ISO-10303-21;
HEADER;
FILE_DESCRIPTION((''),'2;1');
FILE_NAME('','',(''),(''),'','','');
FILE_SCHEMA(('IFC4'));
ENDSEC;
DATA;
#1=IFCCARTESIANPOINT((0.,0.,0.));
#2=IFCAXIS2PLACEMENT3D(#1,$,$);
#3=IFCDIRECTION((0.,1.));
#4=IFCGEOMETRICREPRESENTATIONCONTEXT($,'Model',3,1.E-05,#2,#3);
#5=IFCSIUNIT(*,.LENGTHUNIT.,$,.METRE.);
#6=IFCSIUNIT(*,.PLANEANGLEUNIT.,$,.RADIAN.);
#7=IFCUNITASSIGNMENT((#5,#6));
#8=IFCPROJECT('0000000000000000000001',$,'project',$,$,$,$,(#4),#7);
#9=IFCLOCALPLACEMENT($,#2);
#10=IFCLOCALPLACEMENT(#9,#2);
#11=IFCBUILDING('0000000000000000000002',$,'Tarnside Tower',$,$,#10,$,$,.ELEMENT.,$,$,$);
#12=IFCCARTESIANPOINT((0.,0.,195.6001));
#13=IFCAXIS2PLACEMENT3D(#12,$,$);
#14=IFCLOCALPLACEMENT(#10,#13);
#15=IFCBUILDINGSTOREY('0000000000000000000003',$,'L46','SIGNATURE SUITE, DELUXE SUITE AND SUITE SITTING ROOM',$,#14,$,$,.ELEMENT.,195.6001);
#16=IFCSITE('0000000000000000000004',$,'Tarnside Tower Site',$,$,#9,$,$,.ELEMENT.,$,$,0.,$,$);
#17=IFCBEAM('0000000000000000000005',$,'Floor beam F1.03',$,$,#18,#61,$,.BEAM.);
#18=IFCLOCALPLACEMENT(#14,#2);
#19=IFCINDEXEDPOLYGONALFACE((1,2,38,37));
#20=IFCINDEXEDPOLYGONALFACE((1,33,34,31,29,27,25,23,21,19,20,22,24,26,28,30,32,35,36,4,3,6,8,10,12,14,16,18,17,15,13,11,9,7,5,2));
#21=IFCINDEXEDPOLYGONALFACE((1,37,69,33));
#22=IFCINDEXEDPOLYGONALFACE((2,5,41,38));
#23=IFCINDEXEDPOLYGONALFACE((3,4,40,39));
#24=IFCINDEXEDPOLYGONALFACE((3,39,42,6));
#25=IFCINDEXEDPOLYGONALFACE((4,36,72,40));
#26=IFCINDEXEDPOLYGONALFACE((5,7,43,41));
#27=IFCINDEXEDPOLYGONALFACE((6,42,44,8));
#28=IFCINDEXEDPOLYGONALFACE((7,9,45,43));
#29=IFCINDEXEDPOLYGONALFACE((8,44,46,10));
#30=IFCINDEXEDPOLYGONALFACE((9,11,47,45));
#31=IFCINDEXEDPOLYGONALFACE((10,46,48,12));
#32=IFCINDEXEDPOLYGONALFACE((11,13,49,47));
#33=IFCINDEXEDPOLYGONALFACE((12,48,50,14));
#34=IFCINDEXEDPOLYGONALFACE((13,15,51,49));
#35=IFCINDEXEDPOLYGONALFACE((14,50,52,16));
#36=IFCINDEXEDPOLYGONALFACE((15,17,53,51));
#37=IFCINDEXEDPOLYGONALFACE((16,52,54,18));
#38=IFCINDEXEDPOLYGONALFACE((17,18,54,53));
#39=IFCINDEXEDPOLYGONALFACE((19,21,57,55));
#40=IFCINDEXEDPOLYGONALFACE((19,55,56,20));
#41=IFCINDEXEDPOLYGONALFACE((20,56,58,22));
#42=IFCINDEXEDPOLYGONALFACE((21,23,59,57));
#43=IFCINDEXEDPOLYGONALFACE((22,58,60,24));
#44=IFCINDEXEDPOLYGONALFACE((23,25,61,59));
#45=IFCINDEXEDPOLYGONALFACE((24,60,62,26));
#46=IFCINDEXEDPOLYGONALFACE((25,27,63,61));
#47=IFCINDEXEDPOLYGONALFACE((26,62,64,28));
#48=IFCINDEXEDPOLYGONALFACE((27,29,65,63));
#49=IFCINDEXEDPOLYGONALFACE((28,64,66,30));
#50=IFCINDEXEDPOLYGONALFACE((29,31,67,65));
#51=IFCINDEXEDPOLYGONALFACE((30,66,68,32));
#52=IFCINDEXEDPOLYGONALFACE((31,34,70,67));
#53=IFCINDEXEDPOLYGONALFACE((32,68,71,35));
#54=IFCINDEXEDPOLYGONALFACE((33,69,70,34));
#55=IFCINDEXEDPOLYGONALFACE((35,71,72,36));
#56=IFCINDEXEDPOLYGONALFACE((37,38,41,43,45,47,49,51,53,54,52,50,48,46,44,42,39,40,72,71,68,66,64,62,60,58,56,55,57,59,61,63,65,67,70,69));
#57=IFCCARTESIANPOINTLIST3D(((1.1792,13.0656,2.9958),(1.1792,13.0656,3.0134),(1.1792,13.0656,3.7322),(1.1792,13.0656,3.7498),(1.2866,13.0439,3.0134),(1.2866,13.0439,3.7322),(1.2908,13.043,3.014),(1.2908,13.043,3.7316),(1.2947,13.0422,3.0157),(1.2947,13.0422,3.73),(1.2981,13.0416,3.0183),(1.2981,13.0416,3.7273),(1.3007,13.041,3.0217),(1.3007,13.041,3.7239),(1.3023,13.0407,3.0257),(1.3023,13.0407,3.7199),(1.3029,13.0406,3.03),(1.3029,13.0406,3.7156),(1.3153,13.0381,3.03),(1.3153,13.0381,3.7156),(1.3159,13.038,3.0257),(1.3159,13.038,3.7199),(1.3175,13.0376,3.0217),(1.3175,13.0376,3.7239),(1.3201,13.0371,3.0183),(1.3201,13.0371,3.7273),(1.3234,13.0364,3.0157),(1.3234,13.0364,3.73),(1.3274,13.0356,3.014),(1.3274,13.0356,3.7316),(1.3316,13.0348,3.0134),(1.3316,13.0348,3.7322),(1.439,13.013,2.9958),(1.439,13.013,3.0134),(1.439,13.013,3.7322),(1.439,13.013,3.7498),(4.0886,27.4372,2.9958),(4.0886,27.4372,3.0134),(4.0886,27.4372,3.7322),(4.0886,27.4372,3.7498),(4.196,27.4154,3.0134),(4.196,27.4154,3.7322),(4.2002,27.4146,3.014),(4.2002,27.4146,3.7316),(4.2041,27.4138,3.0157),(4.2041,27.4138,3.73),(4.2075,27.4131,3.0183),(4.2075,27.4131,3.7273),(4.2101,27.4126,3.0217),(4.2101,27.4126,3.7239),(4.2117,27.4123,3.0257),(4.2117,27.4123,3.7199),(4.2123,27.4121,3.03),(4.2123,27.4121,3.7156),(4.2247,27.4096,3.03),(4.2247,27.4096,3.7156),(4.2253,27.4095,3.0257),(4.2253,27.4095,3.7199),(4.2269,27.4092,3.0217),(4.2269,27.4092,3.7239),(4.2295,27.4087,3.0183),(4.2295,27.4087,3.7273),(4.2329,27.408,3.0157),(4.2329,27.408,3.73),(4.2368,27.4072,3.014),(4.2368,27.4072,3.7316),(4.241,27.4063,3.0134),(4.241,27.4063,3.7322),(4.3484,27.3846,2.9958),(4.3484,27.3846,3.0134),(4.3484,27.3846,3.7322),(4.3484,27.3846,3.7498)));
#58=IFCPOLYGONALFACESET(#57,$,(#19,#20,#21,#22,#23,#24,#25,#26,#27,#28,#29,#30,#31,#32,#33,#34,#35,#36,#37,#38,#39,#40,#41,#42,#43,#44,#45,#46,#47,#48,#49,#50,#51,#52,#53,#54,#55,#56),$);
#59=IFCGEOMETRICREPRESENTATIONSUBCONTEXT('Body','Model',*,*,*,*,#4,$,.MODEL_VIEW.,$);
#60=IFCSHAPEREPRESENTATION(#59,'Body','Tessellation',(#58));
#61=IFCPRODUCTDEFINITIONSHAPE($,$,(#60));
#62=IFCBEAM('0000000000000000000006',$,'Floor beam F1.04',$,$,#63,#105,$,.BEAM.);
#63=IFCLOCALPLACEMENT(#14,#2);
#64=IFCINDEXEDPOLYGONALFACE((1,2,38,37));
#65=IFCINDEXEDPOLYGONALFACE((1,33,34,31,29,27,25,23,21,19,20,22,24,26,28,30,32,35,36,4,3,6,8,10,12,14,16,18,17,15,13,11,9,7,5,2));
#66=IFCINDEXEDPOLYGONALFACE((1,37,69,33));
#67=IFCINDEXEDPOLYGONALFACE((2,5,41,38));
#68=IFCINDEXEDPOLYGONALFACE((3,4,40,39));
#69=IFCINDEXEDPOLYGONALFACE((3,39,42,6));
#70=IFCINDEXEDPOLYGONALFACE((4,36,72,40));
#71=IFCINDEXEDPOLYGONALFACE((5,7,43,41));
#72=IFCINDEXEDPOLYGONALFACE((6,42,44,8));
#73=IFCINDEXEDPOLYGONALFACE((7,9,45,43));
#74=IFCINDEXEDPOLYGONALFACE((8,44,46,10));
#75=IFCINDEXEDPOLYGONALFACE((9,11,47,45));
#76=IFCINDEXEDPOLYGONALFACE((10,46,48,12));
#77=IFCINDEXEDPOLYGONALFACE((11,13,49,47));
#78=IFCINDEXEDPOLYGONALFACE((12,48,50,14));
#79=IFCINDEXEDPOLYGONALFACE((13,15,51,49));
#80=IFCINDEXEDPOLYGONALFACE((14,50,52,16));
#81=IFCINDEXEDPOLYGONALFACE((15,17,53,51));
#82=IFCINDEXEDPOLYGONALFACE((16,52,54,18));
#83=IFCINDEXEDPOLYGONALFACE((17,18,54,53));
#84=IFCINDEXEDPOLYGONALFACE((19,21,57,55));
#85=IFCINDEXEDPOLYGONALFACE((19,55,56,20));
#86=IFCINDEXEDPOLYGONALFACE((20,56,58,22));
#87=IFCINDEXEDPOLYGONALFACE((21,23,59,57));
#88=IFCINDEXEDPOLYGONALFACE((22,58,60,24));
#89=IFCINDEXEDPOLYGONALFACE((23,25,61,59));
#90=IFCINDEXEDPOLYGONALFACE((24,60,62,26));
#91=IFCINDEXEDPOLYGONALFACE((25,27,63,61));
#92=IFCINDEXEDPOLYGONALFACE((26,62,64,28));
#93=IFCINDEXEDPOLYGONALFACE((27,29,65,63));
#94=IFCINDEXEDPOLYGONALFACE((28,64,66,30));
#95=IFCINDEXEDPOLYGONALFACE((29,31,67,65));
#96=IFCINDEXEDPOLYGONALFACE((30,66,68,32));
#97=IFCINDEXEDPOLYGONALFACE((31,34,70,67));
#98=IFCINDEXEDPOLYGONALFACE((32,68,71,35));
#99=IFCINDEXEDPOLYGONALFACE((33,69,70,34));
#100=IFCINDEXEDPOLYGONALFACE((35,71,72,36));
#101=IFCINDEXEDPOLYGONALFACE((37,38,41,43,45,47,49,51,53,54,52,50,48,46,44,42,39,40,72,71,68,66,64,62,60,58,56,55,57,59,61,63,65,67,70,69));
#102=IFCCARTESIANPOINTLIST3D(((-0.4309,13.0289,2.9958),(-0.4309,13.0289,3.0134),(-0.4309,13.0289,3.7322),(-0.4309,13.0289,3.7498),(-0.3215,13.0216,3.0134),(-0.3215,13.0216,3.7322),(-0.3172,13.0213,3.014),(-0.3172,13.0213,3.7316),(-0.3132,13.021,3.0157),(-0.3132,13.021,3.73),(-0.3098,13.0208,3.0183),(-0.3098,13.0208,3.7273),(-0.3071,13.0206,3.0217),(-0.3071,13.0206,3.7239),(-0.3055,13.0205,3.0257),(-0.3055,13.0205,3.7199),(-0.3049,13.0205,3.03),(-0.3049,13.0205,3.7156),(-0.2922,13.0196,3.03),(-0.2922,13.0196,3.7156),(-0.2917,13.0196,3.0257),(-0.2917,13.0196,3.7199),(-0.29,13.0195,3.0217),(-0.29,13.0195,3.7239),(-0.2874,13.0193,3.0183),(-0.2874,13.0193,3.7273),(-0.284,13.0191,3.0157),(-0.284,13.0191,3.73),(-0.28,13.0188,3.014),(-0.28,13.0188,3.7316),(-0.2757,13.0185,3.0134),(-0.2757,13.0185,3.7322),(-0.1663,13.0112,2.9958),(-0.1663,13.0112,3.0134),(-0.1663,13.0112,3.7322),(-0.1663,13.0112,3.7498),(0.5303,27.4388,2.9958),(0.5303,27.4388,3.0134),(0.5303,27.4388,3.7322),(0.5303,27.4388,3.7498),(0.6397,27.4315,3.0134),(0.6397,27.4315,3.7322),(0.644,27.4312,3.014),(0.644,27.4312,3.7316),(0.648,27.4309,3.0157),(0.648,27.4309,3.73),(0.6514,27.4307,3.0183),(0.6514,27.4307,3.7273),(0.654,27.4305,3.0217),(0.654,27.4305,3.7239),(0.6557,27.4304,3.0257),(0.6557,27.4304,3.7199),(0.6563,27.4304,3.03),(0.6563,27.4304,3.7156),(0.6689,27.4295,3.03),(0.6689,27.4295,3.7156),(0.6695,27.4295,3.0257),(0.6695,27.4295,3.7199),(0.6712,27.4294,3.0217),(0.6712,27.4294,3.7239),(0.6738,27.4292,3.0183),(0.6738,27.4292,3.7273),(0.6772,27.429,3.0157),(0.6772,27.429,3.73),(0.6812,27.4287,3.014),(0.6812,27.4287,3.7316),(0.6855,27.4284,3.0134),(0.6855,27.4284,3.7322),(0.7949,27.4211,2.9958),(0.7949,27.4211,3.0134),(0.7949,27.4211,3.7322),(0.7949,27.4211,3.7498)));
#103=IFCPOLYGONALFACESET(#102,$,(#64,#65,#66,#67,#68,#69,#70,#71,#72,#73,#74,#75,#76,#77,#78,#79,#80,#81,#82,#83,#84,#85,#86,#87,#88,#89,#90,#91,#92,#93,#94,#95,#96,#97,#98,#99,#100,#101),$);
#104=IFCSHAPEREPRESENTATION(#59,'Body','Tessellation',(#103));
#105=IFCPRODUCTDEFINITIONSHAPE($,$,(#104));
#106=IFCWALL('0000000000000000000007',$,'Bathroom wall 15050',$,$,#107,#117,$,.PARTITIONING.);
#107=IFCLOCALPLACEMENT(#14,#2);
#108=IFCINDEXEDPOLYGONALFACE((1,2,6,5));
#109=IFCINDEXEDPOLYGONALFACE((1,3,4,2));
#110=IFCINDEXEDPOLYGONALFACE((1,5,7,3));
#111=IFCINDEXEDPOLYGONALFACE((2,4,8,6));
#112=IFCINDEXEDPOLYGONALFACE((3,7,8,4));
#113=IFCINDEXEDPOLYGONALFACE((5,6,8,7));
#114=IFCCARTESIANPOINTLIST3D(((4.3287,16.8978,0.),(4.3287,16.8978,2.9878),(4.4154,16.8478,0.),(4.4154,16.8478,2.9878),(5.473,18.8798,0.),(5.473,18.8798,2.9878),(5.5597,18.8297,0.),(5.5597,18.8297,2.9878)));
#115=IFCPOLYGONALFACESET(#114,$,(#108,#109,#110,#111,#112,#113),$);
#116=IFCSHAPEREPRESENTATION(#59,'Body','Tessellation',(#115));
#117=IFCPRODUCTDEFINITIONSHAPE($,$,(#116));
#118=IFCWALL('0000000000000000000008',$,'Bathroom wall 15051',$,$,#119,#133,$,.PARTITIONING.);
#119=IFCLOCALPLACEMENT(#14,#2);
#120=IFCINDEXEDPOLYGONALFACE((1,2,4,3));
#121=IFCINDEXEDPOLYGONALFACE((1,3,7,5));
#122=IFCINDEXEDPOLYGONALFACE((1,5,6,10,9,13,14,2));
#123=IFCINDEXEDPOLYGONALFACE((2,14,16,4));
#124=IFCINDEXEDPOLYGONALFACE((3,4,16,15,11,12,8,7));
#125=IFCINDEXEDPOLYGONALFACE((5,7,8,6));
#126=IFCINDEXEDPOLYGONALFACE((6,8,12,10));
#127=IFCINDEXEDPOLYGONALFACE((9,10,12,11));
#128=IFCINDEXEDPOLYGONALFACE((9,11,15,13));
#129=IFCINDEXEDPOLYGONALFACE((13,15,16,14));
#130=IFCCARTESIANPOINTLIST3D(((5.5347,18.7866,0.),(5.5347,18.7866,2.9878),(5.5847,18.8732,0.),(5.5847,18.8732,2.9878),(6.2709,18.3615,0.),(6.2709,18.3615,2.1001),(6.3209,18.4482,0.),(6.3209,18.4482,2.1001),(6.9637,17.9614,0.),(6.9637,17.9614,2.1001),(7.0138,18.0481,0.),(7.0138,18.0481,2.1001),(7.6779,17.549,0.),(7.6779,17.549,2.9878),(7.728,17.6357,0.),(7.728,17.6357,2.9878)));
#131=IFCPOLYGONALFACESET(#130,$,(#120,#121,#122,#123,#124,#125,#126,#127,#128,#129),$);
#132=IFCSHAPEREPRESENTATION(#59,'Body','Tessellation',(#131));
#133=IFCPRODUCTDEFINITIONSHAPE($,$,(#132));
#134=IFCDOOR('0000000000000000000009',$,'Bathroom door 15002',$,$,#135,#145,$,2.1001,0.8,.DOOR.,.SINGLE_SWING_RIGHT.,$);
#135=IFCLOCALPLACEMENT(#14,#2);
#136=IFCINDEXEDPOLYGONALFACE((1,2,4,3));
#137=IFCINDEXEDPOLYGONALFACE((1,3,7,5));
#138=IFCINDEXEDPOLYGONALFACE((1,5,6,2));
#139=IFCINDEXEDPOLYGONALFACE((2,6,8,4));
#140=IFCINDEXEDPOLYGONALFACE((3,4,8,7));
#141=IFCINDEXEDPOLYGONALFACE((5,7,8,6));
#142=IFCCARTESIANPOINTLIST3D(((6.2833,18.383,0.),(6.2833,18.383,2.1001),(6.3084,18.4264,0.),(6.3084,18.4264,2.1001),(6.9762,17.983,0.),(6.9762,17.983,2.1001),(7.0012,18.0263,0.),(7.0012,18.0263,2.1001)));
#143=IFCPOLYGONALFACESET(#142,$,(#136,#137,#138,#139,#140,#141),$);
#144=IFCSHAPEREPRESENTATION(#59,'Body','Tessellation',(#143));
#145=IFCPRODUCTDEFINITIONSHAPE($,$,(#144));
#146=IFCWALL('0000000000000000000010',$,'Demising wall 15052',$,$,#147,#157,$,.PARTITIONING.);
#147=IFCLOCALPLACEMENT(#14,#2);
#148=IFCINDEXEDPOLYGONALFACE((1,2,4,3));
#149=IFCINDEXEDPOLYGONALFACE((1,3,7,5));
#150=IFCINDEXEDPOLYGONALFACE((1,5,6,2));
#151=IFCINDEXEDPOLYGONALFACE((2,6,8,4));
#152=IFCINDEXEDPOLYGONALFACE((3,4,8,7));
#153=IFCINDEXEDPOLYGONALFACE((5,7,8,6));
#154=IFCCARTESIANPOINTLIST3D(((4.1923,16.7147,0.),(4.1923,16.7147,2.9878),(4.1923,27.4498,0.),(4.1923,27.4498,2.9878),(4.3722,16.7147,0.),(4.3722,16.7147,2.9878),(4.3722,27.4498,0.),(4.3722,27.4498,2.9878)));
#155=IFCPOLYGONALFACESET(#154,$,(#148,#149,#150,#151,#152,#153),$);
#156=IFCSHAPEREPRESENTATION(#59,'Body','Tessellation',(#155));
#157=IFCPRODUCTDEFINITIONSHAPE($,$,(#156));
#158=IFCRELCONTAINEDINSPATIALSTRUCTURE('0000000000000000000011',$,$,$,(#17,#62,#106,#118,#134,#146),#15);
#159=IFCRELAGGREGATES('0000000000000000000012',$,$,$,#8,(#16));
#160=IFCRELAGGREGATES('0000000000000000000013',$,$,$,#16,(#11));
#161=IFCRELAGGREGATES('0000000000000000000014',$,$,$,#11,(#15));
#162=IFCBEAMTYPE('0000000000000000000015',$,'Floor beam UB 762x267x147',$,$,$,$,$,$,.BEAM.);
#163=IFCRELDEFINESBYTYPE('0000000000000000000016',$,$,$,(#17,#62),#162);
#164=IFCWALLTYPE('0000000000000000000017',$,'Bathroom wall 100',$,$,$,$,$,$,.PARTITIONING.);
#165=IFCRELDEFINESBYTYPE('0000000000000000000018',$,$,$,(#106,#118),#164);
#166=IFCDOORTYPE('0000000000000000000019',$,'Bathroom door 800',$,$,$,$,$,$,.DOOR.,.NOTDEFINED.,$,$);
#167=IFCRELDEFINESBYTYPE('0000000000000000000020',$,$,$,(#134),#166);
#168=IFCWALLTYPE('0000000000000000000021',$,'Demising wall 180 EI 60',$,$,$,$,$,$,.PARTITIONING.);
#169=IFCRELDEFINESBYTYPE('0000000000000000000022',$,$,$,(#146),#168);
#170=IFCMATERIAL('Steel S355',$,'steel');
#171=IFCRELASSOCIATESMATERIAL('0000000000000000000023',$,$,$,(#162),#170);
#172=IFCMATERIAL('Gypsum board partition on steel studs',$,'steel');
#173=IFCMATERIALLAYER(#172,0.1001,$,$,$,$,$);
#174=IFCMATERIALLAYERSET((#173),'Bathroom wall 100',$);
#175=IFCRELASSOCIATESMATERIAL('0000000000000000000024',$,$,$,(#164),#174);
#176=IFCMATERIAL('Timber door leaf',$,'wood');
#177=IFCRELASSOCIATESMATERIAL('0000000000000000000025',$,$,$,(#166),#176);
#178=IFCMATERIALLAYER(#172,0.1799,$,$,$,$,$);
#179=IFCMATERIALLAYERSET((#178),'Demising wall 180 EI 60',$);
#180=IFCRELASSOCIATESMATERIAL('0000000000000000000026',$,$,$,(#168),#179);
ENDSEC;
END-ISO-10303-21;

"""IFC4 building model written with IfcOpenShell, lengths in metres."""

from ifc_helpers import new_model, si_unit, direction, frame, frame_2d, origin, origin_2d, place, context, subcontext, project, spatial, rectangle, i_section, extrude, material, layer, layer_set, material_profile, profile_set, type_object, element, fill, save


model = new_model("IFC4")

# Units and contexts
model_context = context("Model", 3, precision=1e-05, world=origin(), true_north=direction((0.0, 1.0)))
body_context = subcontext(model_context, "Body", "Model", "MODEL_VIEW")
ifc_project = project(units=[si_unit("LENGTHUNIT", "METRE"), si_unit("PLANEANGLEUNIT", "RADIAN")], contexts=[model_context])

# Site, building, storey
site_placement = place(None, origin())
site = spatial("IfcSite", under=ifc_project, at=site_placement, Name="Tarnside Tower Site", CompositionType="ELEMENT", RefElevation=0.0)
building_placement = place(site_placement, origin())
building = spatial("IfcBuilding", under=site, at=building_placement, Name="Tarnside Tower", CompositionType="ELEMENT")
storey_placement = place(building_placement, frame((0.0, 0.0, 195.6001)))
storey = spatial("IfcBuildingStorey", under=building, at=storey_placement, Name="L46", Description="SIGNATURE SUITE, DELUXE SUITE AND SUITE SITTING ROOM", CompositionType="ELEMENT", Elevation=195.6001)

# Beams
ifc_material_1 = material(Name="Steel S355", Category="steel")
ifc_material_profile = material_profile(ifc_material_1, i_section(OverallWidth=0.2651, OverallDepth=0.7539, WebThickness=0.0127, FlangeThickness=0.0176, FilletRadius=0.0166, at=origin_2d()), Name="UB 762x267x147")
ifc_profile_set = profile_set([ifc_material_profile], Name="Steel S355")
beam_type = type_object("IfcBeamType", Name="Floor beam UB 762x267x147", PredefinedType="BEAM", material=ifc_profile_set)
beam_1_placement = place(storey_placement, frame((4.2185, 27.4109, 3.3728), z_axis=(-0.198418, -0.980118, 0.0), x_axis=(0.980118, -0.198418, 0.0)))
element("IfcBeam", 1, at=beam_1_placement, inside=storey, type_object=beam_type, Name="Floor beam F1.03", PredefinedType="BEAM", context=body_context, shape_type="SweptSolid", body=[
    extrude(i_section(OverallWidth=0.2651, OverallDepth=0.7539, WebThickness=0.0127, FlangeThickness=0.0176, FilletRadius=0.0166, at=origin_2d()), origin(), (0.0, 0.0, 1.0), 14.6631),
])
beam_2_placement = place(storey_placement, frame((0.6626, 27.4299, 3.3728), z_axis=(-0.066555, -0.997783, 0.0), x_axis=(0.997783, -0.066555, 0.0)))
element("IfcBeam", 2, at=beam_2_placement, inside=storey, type_object=beam_type, Name="Floor beam F1.04", PredefinedType="BEAM", context=body_context, shape_type="SweptSolid", body=[
    extrude(i_section(OverallWidth=0.2651, OverallDepth=0.7539, WebThickness=0.0127, FlangeThickness=0.0176, FilletRadius=0.0166, at=origin_2d()), origin(), (0.0, 0.0, 1.0), 14.4419),
])

# Wall
ifc_material_2 = material(Name="Gypsum board partition on steel studs", Category="steel")
ifc_layer_1 = layer(ifc_material_2, 0.1001)
ifc_layer_set_1 = layer_set([ifc_layer_1], Name="Bathroom wall 100")
wall_type_1 = type_object("IfcWallType", Name="Bathroom wall 100", PredefinedType="PARTITIONING", material=ifc_layer_set_1)
wall_1_placement = place(storey_placement, frame((4.3721, 16.8728, 0.0), z_axis=(0.0, 0.0, 1.0), x_axis=(0.500006, 0.866022, 0.0)))
element("IfcWall", 3, at=wall_1_placement, inside=storey, type_object=wall_type_1, Name="Bathroom wall 15050", PredefinedType="PARTITIONING", context=body_context, shape_type="SweptSolid", body=[
    extrude(rectangle(XDim=2.2886, YDim=0.1001, at=frame_2d((1.1443, 0.0))), origin(), (0.0, 0.0, 1.0), 2.9878),
])

# Wall, opening, door
wall_2_placement = place(storey_placement, frame((5.5598, 18.8298, 0.0), z_axis=(0.0, 0.0, 1.0), x_axis=(0.866007, -0.500033, 0.0)))
wall_2 = element("IfcWall", 4, at=wall_2_placement, inside=storey, type_object=wall_type_1, Name="Bathroom wall 15051", PredefinedType="PARTITIONING", context=body_context, shape_type="SweptSolid", body=[
    extrude(rectangle(XDim=2.4749, YDim=0.1001, at=frame_2d((1.2373, 0.0))), origin(), (0.0, 0.0, 1.0), 2.9878),
])
opening_1_placement = place(wall_2_placement, frame((0.8501, 0.0, 0.0)))
opening_1 = element("IfcOpeningElement", 5, at=opening_1_placement, cuts=wall_2, PredefinedType="OPENING", context=body_context, shape_type="SweptSolid", body=[
    extrude(rectangle(XDim=0.8, YDim=2.1001, at=frame_2d((0.3999, 1.05))), frame((0.0, 0.0601, 0.0), z_axis=(0.0, -1.0, 0.0), x_axis=(1.0, 0.0, 0.0)), (0.0, 0.0, 1.0), 0.1201),
])
ifc_material_3 = material(Name="Timber door leaf", Category="wood")
door_type_1 = type_object("IfcDoorType", Name="Bathroom door 800", OperationType="NOTDEFINED", PredefinedType="DOOR", material=ifc_material_3)
door_1_placement = place(opening_1_placement, origin())
door_1 = element("IfcDoor", 6, at=door_1_placement, inside=storey, type_object=door_type_1, Name="Bathroom door 15002", OperationType="SINGLE_SWING_RIGHT", OverallHeight=2.1001, OverallWidth=0.8, PredefinedType="DOOR", context=body_context, shape_type="SweptSolid", body=[
    extrude(rectangle(XDim=0.8, YDim=2.1001, at=frame_2d((0.3999, 1.05))), frame((0.0, 0.0249, 0.0), z_axis=(0.0, -1.0, 0.0), x_axis=(1.0, 0.0, 0.0)), (0.0, 0.0, 1.0), 0.05),
])
fill(opening_1, door_1)

# Wall
ifc_layer_2 = layer(ifc_material_2, 0.1799)
ifc_layer_set_2 = layer_set([ifc_layer_2], Name="Demising wall 180 EI 60")
wall_type_2 = type_object("IfcWallType", Name="Demising wall 180 EI 60", PredefinedType="PARTITIONING", material=ifc_layer_set_2)
wall_3_placement = place(storey_placement, frame((4.2822, 27.45, 0.0), z_axis=(0.0, 0.0, 1.0), x_axis=(0.0, -1.0, 0.0)))
element("IfcWall", 7, at=wall_3_placement, inside=storey, type_object=wall_type_2, Name="Demising wall 15052", PredefinedType="PARTITIONING", context=body_context, shape_type="SweptSolid", body=[
    extrude(rectangle(XDim=10.7351, YDim=0.1799, at=frame_2d((5.3677, 0.0))), origin(), (0.0, 0.0, 1.0), 2.9878),
])

save(model, "model.ifc")
